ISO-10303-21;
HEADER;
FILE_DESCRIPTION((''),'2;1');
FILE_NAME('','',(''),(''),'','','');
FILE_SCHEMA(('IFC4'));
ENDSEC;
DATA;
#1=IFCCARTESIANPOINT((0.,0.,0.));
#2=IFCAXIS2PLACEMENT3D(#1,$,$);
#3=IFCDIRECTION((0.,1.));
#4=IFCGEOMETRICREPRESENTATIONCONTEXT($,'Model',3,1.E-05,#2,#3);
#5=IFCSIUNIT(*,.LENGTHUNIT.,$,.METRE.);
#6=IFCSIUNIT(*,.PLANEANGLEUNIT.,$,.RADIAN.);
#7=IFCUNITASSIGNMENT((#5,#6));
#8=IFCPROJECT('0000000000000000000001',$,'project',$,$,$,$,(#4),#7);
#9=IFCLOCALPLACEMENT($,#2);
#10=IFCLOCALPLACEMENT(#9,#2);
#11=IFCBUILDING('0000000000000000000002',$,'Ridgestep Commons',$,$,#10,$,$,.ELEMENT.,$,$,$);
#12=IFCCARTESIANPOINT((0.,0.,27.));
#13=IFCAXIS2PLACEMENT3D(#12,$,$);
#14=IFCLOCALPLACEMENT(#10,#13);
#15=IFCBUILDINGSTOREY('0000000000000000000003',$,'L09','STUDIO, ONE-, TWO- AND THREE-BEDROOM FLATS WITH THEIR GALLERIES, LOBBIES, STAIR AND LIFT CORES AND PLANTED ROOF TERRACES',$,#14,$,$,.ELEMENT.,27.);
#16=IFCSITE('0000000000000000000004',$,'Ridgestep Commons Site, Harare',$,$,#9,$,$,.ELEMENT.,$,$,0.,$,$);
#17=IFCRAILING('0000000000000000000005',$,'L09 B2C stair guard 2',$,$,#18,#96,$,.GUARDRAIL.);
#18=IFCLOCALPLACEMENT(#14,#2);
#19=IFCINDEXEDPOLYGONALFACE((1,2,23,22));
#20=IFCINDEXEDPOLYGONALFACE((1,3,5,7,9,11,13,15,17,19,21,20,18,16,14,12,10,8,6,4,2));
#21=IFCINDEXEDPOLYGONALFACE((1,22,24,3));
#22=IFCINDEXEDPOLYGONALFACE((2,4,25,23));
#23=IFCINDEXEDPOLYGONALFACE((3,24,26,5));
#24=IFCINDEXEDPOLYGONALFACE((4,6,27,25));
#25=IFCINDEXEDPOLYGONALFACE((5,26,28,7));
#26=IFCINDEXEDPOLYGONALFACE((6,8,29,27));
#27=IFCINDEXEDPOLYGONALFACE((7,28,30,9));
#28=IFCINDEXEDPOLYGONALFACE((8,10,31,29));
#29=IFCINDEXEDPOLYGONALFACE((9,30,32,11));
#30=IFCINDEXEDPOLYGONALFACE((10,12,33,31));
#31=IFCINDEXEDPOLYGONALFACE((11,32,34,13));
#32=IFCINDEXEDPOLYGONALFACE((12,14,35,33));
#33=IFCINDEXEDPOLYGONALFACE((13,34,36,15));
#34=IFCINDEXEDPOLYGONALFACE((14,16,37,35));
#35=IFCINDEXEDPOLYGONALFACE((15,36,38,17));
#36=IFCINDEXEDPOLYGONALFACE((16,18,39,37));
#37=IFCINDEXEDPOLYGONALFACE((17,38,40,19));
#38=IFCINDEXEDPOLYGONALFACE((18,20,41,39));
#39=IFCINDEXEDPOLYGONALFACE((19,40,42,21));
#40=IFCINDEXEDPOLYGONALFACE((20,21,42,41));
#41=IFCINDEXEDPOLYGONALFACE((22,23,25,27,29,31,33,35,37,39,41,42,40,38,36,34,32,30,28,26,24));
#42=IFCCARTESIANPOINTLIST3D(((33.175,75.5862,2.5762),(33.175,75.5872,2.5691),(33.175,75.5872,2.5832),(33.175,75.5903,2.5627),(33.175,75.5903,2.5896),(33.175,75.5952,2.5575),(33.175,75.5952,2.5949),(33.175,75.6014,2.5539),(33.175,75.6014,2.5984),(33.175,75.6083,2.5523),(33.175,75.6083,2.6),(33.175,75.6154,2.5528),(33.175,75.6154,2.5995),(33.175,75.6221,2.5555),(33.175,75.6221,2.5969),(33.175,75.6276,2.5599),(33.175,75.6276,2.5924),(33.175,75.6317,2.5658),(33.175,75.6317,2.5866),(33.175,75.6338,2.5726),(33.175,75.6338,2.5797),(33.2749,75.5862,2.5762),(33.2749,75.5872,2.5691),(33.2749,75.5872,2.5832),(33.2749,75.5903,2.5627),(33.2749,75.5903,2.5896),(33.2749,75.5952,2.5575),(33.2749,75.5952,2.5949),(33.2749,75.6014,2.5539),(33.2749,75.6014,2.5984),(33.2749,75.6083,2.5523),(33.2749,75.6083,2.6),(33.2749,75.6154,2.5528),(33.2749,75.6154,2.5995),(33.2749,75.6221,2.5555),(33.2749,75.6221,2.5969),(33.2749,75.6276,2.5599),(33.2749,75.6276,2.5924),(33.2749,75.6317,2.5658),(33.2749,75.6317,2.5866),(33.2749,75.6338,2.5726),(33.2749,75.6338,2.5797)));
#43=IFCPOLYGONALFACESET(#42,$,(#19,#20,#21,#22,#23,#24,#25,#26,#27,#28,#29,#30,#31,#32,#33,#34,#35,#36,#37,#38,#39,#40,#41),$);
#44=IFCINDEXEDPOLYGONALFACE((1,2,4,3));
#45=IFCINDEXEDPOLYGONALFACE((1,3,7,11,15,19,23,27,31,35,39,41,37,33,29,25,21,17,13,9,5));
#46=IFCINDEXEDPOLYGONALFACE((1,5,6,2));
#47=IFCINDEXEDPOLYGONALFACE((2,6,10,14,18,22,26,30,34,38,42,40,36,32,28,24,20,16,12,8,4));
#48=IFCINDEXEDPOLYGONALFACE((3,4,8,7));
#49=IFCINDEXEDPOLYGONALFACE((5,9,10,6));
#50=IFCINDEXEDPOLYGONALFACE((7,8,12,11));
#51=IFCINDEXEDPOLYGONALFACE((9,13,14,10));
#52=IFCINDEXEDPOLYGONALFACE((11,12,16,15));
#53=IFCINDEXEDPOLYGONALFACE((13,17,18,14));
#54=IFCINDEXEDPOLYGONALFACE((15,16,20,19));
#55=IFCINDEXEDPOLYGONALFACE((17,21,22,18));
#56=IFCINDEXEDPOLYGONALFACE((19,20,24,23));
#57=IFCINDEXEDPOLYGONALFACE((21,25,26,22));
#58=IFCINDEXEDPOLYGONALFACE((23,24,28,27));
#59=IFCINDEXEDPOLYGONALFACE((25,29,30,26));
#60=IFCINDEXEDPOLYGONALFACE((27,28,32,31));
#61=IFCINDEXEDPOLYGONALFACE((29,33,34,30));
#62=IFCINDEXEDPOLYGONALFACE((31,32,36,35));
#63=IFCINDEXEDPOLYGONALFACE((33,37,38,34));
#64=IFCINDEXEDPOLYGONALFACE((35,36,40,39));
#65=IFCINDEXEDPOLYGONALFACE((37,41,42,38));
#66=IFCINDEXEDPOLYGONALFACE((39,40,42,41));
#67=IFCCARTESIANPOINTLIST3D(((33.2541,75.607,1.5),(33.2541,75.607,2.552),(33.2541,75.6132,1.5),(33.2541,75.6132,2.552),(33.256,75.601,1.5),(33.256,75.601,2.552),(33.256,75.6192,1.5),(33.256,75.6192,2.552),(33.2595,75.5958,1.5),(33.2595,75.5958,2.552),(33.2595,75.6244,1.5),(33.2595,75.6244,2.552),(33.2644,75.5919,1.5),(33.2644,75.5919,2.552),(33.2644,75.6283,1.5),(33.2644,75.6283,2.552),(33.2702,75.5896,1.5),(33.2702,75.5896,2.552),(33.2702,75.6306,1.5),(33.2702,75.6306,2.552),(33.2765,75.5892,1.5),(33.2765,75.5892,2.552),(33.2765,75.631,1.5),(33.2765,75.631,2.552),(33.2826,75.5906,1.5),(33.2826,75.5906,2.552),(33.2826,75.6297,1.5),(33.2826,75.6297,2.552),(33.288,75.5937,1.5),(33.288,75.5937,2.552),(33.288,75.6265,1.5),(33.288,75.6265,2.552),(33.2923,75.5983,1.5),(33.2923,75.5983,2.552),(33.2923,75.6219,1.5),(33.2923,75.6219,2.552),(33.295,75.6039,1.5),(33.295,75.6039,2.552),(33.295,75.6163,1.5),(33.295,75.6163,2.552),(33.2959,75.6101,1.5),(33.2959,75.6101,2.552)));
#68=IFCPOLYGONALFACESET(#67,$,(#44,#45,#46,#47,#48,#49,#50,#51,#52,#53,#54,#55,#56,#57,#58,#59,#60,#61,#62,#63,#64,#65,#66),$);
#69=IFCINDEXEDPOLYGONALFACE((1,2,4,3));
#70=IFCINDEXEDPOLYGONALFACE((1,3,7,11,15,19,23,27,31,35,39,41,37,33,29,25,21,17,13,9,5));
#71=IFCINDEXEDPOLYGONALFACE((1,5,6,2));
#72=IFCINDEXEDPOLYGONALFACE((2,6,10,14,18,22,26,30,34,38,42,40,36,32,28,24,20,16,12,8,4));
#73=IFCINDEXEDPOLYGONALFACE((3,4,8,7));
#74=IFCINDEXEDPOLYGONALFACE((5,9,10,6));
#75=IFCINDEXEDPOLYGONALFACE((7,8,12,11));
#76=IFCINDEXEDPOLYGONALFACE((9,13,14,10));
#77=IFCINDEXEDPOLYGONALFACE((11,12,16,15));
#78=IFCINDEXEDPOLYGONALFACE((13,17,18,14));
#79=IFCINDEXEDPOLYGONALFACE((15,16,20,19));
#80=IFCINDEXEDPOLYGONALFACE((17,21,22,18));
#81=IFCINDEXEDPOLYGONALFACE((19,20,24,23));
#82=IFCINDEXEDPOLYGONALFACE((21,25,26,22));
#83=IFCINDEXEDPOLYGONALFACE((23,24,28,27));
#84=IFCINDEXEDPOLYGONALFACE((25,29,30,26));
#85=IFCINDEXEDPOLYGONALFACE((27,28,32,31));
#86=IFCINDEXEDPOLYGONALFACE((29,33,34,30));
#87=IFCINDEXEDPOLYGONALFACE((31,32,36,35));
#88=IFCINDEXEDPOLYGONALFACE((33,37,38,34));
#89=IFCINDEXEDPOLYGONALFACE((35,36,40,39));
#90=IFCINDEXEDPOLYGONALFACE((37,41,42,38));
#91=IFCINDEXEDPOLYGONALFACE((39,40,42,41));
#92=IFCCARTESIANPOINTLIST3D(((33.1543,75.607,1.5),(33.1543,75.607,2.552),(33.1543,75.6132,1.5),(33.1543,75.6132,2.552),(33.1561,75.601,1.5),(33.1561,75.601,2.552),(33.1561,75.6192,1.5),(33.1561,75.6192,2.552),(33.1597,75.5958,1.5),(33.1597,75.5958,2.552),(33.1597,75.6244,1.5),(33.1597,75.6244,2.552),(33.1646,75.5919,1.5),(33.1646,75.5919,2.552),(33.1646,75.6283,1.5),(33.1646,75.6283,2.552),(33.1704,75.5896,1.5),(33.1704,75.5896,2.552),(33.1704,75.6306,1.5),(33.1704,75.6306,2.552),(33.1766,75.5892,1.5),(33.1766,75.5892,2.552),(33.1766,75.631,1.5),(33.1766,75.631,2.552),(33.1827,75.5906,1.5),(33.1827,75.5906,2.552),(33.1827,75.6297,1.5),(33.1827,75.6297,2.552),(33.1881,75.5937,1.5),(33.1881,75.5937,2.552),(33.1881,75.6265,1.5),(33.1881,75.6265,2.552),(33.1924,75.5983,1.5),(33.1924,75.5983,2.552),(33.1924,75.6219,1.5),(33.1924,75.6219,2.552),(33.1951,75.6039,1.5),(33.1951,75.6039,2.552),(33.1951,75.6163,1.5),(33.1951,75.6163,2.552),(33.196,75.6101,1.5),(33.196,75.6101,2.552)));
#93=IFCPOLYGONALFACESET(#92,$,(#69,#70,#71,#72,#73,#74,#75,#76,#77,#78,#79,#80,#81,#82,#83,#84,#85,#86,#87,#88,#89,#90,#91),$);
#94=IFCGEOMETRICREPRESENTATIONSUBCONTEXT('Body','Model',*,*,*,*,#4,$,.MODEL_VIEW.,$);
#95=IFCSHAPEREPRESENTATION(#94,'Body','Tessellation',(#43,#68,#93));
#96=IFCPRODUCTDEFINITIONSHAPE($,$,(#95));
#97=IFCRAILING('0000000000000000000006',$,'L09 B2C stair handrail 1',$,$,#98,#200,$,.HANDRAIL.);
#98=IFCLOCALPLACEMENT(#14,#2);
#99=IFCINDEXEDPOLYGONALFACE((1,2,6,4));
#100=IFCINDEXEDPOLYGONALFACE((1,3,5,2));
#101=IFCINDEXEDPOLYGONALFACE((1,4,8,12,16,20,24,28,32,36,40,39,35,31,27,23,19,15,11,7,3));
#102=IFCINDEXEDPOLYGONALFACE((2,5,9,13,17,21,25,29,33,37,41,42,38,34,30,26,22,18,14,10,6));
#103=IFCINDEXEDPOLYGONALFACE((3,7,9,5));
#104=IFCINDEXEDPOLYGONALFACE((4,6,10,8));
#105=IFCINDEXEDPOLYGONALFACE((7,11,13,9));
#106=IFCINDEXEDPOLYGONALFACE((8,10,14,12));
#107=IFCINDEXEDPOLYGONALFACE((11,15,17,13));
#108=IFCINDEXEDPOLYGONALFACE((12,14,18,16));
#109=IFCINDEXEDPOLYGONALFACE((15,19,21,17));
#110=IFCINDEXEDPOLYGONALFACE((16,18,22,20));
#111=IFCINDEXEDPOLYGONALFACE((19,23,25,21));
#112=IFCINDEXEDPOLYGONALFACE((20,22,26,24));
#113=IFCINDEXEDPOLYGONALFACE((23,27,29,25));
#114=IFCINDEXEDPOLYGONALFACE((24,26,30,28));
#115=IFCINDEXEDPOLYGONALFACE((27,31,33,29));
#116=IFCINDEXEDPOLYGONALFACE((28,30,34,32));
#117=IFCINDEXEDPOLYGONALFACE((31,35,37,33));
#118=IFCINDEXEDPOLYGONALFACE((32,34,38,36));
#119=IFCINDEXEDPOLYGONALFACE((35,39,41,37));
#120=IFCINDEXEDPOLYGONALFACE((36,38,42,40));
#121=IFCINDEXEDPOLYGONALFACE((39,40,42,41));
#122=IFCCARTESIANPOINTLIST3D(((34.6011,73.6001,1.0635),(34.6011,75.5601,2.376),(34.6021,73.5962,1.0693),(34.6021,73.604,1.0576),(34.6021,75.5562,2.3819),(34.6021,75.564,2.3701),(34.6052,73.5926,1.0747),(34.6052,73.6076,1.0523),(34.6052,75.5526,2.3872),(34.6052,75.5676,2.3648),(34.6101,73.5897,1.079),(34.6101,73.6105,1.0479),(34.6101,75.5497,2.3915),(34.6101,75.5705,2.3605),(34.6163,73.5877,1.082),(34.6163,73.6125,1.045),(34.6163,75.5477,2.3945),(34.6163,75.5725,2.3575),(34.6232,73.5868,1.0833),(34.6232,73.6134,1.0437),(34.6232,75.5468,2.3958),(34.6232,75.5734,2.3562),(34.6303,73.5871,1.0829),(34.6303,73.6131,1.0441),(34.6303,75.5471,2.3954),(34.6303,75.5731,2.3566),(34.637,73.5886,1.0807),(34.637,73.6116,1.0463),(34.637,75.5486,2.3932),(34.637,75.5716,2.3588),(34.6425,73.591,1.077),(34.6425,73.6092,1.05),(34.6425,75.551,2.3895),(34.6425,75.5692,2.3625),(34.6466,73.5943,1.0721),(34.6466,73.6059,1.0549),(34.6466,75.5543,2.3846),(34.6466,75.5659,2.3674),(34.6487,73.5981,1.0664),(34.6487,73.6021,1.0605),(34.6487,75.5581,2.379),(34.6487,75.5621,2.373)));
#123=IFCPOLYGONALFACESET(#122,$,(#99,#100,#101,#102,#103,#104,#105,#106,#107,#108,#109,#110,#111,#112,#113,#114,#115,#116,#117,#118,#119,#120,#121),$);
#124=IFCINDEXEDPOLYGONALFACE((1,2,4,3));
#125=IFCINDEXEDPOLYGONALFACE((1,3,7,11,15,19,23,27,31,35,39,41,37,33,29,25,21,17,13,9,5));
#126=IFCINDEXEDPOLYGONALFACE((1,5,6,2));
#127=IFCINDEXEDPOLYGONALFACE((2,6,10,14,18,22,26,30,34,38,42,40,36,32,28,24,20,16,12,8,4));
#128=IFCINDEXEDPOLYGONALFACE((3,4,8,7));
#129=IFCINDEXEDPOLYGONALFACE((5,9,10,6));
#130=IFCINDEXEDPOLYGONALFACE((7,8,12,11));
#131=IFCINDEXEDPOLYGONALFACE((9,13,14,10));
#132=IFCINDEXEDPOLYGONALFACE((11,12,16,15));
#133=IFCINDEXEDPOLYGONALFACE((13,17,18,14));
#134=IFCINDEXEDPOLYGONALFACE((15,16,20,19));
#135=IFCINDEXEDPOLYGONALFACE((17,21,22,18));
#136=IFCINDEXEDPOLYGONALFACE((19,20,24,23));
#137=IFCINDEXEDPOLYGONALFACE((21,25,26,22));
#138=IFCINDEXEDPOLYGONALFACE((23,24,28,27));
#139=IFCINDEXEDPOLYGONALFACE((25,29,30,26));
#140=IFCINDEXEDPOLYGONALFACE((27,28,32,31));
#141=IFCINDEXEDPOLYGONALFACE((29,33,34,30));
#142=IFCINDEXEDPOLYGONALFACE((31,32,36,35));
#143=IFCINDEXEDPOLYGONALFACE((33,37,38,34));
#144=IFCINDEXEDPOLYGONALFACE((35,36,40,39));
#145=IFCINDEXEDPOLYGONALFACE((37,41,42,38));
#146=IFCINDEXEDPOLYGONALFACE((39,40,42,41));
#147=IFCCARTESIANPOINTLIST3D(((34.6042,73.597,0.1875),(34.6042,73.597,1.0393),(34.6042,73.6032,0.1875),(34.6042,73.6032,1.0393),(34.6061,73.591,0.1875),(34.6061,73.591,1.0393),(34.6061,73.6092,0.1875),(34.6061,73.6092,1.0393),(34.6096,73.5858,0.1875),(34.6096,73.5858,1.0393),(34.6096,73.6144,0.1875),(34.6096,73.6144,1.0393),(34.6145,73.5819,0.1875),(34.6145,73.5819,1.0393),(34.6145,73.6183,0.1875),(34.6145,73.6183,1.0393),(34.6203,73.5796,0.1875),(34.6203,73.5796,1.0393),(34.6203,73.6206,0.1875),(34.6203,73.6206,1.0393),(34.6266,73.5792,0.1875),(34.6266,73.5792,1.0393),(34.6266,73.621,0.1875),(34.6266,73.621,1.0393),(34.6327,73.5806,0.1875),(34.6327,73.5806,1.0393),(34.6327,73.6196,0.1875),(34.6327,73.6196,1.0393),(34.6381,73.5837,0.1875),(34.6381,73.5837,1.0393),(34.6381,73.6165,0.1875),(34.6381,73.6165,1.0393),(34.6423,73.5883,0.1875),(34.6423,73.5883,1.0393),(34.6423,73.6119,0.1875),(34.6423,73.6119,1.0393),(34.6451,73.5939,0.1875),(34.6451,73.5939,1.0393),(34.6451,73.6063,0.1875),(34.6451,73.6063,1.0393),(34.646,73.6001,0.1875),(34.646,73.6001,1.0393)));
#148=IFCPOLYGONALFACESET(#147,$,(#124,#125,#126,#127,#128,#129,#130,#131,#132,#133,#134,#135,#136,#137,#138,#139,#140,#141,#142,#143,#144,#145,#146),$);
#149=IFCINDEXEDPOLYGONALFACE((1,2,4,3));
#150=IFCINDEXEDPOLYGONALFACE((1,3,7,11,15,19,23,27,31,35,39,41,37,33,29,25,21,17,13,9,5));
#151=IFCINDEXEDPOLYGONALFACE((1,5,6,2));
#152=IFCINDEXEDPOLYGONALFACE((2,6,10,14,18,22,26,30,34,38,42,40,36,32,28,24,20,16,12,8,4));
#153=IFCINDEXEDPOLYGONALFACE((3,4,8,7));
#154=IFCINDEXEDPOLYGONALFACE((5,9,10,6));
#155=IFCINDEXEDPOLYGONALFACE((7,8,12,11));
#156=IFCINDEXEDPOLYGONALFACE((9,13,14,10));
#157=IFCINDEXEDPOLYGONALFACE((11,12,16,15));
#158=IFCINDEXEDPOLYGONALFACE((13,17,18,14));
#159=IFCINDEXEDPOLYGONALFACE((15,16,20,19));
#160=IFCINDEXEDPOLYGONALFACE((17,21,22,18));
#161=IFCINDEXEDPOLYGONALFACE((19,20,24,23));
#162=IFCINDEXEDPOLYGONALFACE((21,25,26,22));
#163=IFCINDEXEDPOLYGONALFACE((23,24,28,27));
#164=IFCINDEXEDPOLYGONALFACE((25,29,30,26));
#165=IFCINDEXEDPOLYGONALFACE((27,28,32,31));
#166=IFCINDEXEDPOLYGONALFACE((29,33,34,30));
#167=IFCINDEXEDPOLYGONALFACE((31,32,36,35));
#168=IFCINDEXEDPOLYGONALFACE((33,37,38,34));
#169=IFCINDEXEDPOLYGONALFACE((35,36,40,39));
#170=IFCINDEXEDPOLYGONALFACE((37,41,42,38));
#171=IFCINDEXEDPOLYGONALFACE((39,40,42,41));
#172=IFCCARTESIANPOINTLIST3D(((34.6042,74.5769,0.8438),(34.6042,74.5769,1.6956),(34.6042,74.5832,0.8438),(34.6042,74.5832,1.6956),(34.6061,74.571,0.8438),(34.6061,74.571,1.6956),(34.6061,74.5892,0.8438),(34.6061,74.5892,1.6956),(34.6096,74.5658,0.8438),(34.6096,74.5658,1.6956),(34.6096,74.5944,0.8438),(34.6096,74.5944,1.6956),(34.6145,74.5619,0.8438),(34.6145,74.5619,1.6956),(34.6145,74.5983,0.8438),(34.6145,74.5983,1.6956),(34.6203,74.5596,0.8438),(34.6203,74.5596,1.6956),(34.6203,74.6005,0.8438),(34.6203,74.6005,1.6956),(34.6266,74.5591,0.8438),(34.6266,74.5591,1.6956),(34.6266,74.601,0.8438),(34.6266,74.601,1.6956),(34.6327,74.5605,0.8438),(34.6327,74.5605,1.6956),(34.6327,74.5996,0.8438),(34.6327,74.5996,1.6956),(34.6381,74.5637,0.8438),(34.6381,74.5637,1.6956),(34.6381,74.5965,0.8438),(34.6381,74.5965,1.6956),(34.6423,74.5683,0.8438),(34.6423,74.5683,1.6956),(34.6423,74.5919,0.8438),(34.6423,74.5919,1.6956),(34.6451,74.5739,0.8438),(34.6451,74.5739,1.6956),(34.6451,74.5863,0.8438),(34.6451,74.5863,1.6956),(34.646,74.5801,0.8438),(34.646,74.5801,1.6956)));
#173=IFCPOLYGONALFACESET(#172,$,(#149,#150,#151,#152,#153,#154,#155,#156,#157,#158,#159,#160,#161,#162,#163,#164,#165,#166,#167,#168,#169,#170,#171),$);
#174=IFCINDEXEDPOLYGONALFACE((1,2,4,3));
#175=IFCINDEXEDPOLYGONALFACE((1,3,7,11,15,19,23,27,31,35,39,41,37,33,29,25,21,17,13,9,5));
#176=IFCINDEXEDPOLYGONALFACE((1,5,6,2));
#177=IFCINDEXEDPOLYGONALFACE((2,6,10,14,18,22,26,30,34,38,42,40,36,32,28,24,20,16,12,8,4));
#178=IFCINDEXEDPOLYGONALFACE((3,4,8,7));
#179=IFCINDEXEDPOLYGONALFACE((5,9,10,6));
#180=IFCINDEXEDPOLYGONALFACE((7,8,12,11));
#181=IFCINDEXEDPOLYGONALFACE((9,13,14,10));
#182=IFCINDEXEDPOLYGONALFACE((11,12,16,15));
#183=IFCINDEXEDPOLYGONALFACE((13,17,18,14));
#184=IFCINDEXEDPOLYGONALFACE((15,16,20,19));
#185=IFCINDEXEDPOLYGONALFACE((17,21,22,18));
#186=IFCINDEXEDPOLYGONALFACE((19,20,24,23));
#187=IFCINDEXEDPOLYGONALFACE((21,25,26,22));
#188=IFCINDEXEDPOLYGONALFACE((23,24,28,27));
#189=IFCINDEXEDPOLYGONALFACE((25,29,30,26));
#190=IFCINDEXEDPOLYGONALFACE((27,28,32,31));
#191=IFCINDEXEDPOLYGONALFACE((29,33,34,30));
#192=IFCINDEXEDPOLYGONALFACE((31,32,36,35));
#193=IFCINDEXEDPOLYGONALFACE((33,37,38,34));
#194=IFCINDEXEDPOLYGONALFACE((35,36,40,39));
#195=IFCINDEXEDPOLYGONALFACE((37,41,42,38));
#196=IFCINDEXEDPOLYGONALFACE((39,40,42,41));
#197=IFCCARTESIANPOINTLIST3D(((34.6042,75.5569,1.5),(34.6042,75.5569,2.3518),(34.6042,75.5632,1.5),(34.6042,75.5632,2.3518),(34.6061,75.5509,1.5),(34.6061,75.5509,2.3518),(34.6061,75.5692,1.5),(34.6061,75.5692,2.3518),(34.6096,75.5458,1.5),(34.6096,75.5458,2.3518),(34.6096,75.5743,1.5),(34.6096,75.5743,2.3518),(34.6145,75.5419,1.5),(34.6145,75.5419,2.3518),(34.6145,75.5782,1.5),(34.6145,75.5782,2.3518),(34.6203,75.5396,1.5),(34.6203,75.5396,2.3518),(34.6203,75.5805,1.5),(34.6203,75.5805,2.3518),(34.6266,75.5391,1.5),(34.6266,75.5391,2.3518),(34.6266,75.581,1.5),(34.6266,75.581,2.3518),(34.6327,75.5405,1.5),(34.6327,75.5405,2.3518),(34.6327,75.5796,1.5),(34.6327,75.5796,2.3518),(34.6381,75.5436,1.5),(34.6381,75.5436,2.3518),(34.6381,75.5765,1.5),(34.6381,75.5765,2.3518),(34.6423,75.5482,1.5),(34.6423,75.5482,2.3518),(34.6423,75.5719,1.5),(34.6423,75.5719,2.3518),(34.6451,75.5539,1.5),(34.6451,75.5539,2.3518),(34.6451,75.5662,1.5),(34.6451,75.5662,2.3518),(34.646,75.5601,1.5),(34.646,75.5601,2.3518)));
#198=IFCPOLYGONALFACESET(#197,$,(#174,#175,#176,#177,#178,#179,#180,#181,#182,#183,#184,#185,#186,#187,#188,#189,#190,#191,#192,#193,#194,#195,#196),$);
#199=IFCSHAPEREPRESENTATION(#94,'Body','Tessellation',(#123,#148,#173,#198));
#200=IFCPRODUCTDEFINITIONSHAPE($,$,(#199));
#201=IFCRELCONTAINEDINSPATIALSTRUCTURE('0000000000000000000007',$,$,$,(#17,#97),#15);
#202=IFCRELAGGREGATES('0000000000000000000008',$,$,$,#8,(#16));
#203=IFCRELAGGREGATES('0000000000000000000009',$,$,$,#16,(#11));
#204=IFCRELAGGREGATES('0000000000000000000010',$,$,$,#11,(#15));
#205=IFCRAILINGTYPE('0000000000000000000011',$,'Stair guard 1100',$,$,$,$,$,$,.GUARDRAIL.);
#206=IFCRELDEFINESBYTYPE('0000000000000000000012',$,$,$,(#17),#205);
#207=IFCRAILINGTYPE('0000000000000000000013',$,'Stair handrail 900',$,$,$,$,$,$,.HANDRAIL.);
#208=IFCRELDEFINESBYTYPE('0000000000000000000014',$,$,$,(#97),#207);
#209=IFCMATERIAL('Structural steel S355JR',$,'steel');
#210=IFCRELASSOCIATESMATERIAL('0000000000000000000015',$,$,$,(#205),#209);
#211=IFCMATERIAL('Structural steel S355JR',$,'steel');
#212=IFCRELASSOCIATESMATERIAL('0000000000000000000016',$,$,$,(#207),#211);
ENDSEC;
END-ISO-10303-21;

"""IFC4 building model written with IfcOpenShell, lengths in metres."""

from ifc_helpers import new_model, si_unit, direction, frame, origin, origin_2d, place, context, subcontext, project, spatial, circle, extrude, material, type_object, element, save


model = new_model("IFC4")

# Units and contexts
model_context = context("Model", 3, precision=1e-05, world=origin(), true_north=direction((0.0, 1.0)))
body_context = subcontext(model_context, "Body", "Model", "MODEL_VIEW")
ifc_project = project(units=[si_unit("LENGTHUNIT", "METRE"), si_unit("PLANEANGLEUNIT", "RADIAN")], contexts=[model_context])

# Site, building, storey
site_placement = place(None, origin())
site = spatial("IfcSite", under=ifc_project, at=site_placement, Name="Ridgestep Commons Site, Harare", CompositionType="ELEMENT", RefElevation=0.0)
building_placement = place(site_placement, origin())
building = spatial("IfcBuilding", under=site, at=building_placement, Name="Ridgestep Commons", CompositionType="ELEMENT")
storey_placement = place(building_placement, frame((0.0, 0.0, 27.0)))
storey = spatial("IfcBuildingStorey", under=building, at=storey_placement, Name="L09", Description="STUDIO, ONE-, TWO- AND THREE-BEDROOM FLATS WITH THEIR GALLERIES, LOBBIES, STAIR AND LIFT CORES AND PLANTED ROOF TERRACES", CompositionType="ELEMENT", Elevation=27.0)

# Railings
ifc_material_1 = material(Name="Structural steel S355JR", Category="steel")
railing_type_1 = type_object("IfcRailingType", Name="Stair guard 1100", PredefinedType="GUARDRAIL", material=ifc_material_1)
railing_1_placement = place(storey_placement, frame((33.2749, 75.6101, 1.5)))
element("IfcRailing", 1, at=railing_1_placement, inside=storey, type_object=railing_type_1, Name="L09 B2C stair guard 2", PredefinedType="GUARDRAIL", context=body_context, shape_type="SweptSolid", body=[
    extrude(circle(Radius=0.0239, at=origin_2d()), frame((0.0, 0.0, 1.0762), z_axis=(-1.0, 0.0, 0.0), x_axis=(0.0, -1.0, 0.0)), (0.0, 0.0, 1.0), 0.0999),
    extrude(circle(Radius=0.021, at=origin_2d()), origin(), (0.0, 0.0, 1.0), 1.052),
    extrude(circle(Radius=0.021, at=origin_2d()), frame((-0.0999, 0.0, 0.0)), (0.0, 0.0, 1.0), 1.052),
])
ifc_material_2 = material(Name="Structural steel S355JR", Category="steel")
railing_type_2 = type_object("IfcRailingType", Name="Stair handrail 900", PredefinedType="HANDRAIL", material=ifc_material_2)
railing_2_placement = place(storey_placement, frame((34.625, 73.6001, 0.1875)))
element("IfcRailing", 2, at=railing_2_placement, inside=storey, type_object=railing_type_2, Name="L09 B2C stair handrail 1", PredefinedType="HANDRAIL", context=body_context, shape_type="SweptSolid", body=[
    extrude(circle(Radius=0.0239, at=origin_2d()), frame((0.0, 0.0, 0.876), z_axis=(0.0, 0.830902, 0.556419), x_axis=(-1.0, 0.0, 0.0)), (0.0, 0.0, 1.0), 2.3589),
    extrude(circle(Radius=0.021, at=origin_2d()), origin(), (0.0, 0.0, 1.0), 0.8518),
    extrude(circle(Radius=0.021, at=origin_2d()), frame((0.0, 0.98, 0.6562)), (0.0, 0.0, 1.0), 0.8518),
    extrude(circle(Radius=0.021, at=origin_2d()), frame((0.0, 1.96, 1.3125)), (0.0, 0.0, 1.0), 0.8518),
])

save(model, "model.ifc")
